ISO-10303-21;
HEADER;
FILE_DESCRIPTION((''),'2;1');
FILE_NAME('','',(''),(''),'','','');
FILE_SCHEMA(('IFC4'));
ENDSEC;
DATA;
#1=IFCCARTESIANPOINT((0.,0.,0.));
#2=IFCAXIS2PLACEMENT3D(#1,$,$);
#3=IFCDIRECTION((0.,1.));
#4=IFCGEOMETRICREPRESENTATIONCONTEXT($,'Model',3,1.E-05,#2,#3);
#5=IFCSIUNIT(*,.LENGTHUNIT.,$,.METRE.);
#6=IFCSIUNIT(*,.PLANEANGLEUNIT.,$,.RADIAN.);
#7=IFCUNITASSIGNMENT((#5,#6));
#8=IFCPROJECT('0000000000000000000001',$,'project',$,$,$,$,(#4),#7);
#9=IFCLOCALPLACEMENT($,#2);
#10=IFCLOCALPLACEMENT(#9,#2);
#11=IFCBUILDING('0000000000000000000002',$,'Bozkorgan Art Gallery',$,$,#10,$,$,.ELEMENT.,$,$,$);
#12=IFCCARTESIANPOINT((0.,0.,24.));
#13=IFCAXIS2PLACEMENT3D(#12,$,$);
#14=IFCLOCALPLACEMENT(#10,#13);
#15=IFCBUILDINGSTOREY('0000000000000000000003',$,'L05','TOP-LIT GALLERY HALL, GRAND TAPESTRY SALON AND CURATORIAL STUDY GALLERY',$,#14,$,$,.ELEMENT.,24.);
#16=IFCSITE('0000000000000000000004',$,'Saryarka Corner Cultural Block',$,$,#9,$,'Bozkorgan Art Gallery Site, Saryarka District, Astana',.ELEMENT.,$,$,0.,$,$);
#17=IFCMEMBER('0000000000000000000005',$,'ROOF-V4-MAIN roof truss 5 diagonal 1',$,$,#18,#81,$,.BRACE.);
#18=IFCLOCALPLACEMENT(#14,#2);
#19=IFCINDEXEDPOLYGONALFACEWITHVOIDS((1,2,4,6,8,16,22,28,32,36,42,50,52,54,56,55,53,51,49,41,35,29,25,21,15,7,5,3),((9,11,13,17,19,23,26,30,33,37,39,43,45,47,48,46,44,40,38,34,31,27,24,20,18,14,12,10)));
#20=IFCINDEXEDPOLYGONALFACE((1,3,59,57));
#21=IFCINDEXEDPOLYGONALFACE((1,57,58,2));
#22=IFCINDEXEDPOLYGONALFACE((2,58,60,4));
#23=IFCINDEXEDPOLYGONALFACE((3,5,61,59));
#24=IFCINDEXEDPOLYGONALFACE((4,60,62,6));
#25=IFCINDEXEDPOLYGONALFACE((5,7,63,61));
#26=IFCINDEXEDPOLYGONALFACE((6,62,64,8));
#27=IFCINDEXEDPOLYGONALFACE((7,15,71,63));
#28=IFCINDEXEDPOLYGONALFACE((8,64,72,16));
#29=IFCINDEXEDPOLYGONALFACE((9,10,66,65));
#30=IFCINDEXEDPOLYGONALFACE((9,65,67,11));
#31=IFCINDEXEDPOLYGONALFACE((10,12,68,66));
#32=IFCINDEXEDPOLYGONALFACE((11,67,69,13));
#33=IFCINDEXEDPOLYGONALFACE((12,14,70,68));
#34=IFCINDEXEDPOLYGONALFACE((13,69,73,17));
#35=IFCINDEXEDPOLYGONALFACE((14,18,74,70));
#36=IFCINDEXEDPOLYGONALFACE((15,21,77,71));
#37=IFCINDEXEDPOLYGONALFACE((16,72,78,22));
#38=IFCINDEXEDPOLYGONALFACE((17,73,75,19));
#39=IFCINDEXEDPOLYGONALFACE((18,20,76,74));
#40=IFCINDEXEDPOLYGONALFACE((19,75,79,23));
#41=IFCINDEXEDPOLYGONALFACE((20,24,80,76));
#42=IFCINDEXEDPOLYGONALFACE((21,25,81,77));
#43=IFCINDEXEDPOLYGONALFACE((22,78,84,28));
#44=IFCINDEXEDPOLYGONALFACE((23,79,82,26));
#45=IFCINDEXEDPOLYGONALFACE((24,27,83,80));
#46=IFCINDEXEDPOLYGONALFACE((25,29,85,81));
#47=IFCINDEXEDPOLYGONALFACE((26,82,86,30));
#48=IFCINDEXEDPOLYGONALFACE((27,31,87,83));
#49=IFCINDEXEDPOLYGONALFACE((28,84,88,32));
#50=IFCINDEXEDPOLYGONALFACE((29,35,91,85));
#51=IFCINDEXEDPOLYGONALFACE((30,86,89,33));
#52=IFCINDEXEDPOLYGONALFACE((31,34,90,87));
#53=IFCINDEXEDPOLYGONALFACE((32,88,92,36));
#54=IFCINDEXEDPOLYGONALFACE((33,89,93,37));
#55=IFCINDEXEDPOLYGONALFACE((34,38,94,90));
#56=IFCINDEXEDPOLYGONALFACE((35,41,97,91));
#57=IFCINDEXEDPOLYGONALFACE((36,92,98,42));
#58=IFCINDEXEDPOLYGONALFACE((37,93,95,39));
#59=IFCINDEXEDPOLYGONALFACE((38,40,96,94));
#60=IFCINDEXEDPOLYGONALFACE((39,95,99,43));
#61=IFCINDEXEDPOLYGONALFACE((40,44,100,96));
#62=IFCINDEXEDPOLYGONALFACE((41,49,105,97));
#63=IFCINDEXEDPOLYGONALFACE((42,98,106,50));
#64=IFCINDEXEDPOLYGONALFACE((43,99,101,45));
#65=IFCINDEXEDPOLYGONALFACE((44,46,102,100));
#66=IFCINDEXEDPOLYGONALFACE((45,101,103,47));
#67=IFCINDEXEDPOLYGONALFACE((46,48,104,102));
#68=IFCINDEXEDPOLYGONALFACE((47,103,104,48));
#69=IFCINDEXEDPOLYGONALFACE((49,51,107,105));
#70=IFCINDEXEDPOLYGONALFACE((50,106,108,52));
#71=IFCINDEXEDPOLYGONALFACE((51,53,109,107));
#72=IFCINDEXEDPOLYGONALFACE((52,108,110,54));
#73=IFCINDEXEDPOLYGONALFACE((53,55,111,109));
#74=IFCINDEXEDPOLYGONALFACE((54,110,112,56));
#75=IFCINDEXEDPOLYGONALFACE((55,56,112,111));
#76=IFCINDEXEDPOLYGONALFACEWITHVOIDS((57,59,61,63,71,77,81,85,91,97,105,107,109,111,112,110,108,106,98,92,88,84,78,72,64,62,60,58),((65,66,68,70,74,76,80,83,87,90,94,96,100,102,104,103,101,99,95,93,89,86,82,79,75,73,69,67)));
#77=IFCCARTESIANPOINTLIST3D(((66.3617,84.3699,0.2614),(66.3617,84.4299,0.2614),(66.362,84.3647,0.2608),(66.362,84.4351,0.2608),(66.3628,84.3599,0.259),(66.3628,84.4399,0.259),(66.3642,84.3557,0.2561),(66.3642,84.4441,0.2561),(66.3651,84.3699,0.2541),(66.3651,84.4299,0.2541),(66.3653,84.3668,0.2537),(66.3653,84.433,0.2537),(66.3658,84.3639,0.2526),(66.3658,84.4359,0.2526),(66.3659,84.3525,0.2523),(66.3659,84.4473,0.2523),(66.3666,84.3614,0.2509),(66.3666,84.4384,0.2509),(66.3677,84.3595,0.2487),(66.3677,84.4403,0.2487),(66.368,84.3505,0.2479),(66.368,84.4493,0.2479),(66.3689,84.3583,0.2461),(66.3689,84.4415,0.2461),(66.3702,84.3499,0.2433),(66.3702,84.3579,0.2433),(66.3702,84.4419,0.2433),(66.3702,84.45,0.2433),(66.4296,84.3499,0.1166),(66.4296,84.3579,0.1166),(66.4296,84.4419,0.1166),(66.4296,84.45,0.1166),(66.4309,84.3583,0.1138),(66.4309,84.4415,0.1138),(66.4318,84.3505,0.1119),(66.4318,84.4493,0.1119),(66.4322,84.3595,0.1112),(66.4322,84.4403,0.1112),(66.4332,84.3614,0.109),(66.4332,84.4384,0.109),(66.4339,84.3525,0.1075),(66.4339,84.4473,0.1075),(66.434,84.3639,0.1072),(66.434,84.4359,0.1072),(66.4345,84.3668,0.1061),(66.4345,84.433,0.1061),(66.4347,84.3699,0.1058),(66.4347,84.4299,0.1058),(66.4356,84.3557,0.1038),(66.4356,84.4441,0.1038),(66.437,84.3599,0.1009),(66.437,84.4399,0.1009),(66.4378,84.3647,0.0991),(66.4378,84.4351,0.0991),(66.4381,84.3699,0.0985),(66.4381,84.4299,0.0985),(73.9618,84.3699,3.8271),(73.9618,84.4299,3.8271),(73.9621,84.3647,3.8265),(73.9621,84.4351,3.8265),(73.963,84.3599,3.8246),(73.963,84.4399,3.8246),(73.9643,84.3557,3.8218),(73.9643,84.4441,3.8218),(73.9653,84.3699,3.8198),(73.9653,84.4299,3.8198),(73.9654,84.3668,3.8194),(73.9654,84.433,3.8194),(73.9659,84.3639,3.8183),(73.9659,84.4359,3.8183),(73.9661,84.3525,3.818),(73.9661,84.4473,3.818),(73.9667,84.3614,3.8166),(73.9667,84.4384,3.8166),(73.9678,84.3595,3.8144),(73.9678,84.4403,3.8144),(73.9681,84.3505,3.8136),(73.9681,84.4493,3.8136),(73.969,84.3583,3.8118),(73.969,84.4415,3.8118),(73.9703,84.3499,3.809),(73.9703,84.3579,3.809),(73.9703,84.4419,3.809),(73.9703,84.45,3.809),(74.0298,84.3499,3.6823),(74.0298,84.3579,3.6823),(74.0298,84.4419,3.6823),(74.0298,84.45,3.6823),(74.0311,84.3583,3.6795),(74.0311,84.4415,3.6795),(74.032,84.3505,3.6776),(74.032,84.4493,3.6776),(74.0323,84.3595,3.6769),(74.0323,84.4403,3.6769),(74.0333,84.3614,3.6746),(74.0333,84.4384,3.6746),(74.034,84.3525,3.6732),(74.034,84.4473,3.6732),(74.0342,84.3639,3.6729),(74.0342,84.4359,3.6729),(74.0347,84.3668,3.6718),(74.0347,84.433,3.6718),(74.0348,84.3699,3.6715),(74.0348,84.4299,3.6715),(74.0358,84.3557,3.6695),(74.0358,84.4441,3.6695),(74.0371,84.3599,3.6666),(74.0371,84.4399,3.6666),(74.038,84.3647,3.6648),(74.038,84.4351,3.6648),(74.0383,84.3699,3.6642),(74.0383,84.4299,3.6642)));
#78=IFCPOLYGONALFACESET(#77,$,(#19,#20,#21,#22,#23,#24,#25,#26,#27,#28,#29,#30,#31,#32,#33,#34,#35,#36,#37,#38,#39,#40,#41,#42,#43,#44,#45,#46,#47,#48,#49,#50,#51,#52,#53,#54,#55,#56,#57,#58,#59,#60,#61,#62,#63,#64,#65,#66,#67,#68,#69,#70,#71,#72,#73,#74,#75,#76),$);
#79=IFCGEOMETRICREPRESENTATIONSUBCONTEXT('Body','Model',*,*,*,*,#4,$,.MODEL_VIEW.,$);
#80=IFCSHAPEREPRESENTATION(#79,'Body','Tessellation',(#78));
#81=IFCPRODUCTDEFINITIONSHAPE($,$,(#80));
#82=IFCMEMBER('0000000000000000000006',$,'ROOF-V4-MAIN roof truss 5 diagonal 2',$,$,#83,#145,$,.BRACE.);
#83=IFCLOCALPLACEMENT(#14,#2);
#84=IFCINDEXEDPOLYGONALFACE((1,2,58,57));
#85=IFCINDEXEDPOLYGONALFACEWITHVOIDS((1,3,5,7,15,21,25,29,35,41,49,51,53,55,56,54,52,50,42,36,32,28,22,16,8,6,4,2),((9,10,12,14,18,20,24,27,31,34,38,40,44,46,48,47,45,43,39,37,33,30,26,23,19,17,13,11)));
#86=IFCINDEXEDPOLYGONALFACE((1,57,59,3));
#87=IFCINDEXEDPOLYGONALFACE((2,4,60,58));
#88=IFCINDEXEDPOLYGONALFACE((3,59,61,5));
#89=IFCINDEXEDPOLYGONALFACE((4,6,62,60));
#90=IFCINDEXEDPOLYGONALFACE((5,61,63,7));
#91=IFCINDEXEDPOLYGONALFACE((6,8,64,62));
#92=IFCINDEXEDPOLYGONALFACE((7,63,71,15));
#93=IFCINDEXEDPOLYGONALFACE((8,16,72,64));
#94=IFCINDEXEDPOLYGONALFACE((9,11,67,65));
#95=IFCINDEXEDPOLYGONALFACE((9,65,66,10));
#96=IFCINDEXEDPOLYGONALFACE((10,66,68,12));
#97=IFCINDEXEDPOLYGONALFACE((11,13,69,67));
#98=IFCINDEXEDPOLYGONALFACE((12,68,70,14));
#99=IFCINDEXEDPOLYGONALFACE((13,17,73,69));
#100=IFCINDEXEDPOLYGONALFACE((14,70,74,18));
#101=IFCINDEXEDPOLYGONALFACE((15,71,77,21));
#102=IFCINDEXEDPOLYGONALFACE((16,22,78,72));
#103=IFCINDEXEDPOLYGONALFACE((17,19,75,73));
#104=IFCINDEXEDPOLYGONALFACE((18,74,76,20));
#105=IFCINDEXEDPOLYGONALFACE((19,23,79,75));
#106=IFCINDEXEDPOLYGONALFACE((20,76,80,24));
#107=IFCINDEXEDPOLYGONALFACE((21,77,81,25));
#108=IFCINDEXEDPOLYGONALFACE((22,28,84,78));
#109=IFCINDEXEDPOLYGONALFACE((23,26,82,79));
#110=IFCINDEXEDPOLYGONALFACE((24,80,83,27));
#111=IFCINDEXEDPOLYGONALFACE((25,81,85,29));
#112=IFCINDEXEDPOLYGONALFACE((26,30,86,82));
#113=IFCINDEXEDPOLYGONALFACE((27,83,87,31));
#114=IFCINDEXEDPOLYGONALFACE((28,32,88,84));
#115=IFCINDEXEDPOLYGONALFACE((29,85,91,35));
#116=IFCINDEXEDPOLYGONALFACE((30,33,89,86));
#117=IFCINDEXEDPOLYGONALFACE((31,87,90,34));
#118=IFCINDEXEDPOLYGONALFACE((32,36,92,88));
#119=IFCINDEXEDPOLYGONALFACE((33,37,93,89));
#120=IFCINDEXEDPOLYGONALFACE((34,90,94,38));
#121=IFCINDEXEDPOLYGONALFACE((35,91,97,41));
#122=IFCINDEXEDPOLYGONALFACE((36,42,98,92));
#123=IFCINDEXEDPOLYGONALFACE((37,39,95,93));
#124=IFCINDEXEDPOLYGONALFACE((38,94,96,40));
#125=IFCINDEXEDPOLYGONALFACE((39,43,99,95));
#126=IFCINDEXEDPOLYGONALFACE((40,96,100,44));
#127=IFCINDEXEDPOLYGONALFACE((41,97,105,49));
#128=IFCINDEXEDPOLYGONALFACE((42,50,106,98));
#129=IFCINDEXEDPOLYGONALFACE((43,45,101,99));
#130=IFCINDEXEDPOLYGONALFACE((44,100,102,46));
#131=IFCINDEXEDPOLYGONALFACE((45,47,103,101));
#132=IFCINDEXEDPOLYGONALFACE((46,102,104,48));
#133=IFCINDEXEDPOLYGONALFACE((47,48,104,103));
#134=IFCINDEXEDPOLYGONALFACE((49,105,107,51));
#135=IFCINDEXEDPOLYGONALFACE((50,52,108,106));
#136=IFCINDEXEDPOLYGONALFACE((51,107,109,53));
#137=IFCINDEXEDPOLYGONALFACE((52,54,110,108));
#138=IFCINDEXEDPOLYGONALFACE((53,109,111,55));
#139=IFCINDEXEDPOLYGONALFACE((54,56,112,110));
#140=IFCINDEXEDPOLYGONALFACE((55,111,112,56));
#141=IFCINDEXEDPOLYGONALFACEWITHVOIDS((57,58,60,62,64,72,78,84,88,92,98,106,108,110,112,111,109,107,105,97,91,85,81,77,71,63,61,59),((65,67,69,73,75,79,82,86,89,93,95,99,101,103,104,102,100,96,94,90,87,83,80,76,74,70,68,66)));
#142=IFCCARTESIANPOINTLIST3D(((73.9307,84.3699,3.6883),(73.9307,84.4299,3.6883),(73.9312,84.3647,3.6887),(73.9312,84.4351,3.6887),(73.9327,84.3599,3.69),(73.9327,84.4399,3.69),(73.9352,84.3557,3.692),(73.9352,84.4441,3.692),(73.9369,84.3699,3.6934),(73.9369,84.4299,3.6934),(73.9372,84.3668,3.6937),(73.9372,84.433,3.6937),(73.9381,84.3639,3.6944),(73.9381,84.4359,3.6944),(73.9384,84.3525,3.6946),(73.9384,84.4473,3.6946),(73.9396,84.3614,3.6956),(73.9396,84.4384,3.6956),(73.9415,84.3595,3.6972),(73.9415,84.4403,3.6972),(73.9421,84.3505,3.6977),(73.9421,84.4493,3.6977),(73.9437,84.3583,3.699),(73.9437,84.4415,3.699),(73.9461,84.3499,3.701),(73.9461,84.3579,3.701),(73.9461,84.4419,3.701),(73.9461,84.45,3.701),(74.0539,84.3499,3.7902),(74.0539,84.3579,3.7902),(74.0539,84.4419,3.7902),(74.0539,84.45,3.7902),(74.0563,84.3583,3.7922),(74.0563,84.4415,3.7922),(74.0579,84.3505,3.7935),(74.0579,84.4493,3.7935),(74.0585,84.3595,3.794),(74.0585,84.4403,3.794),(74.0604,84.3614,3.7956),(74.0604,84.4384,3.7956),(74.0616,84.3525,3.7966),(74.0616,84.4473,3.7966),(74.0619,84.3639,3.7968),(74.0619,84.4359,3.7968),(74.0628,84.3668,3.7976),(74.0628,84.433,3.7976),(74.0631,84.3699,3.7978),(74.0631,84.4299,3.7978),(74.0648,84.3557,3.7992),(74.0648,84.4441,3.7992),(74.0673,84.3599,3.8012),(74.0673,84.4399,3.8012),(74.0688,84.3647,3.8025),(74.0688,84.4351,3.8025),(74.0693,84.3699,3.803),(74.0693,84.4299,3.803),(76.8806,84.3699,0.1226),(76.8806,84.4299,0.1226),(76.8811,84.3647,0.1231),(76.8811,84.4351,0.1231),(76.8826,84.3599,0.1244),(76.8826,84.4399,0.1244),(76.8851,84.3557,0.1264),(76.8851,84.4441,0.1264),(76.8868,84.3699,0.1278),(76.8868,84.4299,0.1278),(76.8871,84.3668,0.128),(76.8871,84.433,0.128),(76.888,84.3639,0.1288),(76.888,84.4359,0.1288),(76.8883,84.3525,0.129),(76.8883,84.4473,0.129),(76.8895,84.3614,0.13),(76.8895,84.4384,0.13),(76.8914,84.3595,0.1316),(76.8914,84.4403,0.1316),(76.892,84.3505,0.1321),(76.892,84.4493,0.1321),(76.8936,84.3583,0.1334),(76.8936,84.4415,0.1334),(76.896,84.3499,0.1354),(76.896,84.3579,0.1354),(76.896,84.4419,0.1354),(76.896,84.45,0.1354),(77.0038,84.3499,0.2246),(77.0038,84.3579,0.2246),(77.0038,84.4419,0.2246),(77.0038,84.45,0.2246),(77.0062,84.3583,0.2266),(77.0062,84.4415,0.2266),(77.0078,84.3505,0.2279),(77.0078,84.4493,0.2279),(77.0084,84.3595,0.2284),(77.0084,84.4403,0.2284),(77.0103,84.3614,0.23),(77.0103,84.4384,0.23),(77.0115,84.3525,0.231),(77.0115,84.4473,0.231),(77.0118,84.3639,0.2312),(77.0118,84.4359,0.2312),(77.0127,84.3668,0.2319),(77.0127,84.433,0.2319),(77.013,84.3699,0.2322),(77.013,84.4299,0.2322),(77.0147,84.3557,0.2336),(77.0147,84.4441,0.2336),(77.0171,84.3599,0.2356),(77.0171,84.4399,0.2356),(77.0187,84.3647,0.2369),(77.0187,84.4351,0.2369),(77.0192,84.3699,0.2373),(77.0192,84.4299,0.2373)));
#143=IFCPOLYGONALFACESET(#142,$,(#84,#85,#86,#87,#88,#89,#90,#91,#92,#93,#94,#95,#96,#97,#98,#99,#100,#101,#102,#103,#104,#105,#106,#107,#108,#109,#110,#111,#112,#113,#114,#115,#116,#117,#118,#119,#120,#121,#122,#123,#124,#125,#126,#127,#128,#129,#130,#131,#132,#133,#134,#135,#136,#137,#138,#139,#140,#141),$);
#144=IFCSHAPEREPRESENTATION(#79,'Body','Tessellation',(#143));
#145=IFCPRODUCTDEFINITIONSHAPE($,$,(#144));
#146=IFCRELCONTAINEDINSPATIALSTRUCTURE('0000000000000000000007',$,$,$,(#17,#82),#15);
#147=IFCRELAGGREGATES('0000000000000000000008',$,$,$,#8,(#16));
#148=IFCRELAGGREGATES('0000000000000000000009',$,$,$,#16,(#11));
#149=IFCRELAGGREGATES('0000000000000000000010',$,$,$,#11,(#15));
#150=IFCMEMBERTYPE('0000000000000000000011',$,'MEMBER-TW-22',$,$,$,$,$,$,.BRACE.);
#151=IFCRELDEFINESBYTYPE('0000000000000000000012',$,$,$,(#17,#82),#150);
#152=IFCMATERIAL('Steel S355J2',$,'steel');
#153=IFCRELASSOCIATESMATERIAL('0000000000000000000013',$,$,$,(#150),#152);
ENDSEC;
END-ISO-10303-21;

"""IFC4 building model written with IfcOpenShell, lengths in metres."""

from ifc_helpers import new_model, si_unit, direction, frame, origin, origin_2d, place, context, subcontext, project, spatial, hollow_rectangle, extrude, material, material_profile, profile_set, type_object, element, save


model = new_model("IFC4")

# Units and contexts
model_context = context("Model", 3, precision=1e-05, world=origin(), true_north=direction((0.0, 1.0)))
body_context = subcontext(model_context, "Body", "Model", "MODEL_VIEW")
ifc_project = project(units=[si_unit("LENGTHUNIT", "METRE"), si_unit("PLANEANGLEUNIT", "RADIAN")], contexts=[model_context])

# Site, building, storey
site_placement = place(None, origin())
site = spatial("IfcSite", under=ifc_project, at=site_placement, Name="Saryarka Corner Cultural Block", LongName="Bozkorgan Art Gallery Site, Saryarka District, Astana", CompositionType="ELEMENT", RefElevation=0.0)
building_placement = place(site_placement, origin())
building = spatial("IfcBuilding", under=site, at=building_placement, Name="Bozkorgan Art Gallery", CompositionType="ELEMENT")
storey_placement = place(building_placement, frame((0.0, 0.0, 24.0)))
storey = spatial("IfcBuildingStorey", under=building, at=storey_placement, Name="L05", Description="TOP-LIT GALLERY HALL, GRAND TAPESTRY SALON AND CURATORIAL STUDY GALLERY", CompositionType="ELEMENT", Elevation=24.0)

# Shared definitions
ifc_material = material(Name="Steel S355J2", Category="steel")

# Members
ifc_material_profile_1 = material_profile(ifc_material, hollow_rectangle(XDim=0.1001, YDim=0.1799, WallThickness=0.0081, InnerFilletRadius=0.012, OuterFilletRadius=0.02, at=origin_2d()), Name="RHS 180x100x8")
ifc_profile_set_1 = profile_set([ifc_material_profile_1], Name="Steel S355J2")
member_type_1 = type_object("IfcMemberType", Name="MEMBER-TW-22", PredefinedType="BRACE", material=ifc_profile_set_1)
member_1_placement = place(storey_placement, frame((66.3999, 84.3999, 0.1799), z_axis=(0.905316, 0.0, 0.424739), x_axis=(0.0, 1.0, 0.0)))
element("IfcMember", 1, at=member_1_placement, inside=storey, type_object=member_type_1, Name="ROOF-V4-MAIN roof truss 5 diagonal 1", PredefinedType="BRACE", context=body_context, shape_type="SweptSolid", body=[
    extrude(hollow_rectangle(XDim=0.1001, YDim=0.1799, WallThickness=0.0081, InnerFilletRadius=0.012, OuterFilletRadius=0.02, at=origin_2d()), origin(), (0.0, 0.0, 1.0), 8.395),
])
member_2_placement = place(storey_placement, frame((74.0, 84.3999, 3.7456), z_axis=(0.637446, 0.0, -0.770495), x_axis=(0.0, 1.0, 0.0)))
element("IfcMember", 2, at=member_2_placement, inside=storey, type_object=member_type_1, Name="ROOF-V4-MAIN roof truss 5 diagonal 2", PredefinedType="BRACE", context=body_context, shape_type="SweptSolid", body=[
    extrude(hollow_rectangle(XDim=0.1001, YDim=0.1799, WallThickness=0.0081, InnerFilletRadius=0.012, OuterFilletRadius=0.02, at=origin_2d()), origin(), (0.0, 0.0, 1.0), 4.6277),
])

save(model, "model.ifc")
